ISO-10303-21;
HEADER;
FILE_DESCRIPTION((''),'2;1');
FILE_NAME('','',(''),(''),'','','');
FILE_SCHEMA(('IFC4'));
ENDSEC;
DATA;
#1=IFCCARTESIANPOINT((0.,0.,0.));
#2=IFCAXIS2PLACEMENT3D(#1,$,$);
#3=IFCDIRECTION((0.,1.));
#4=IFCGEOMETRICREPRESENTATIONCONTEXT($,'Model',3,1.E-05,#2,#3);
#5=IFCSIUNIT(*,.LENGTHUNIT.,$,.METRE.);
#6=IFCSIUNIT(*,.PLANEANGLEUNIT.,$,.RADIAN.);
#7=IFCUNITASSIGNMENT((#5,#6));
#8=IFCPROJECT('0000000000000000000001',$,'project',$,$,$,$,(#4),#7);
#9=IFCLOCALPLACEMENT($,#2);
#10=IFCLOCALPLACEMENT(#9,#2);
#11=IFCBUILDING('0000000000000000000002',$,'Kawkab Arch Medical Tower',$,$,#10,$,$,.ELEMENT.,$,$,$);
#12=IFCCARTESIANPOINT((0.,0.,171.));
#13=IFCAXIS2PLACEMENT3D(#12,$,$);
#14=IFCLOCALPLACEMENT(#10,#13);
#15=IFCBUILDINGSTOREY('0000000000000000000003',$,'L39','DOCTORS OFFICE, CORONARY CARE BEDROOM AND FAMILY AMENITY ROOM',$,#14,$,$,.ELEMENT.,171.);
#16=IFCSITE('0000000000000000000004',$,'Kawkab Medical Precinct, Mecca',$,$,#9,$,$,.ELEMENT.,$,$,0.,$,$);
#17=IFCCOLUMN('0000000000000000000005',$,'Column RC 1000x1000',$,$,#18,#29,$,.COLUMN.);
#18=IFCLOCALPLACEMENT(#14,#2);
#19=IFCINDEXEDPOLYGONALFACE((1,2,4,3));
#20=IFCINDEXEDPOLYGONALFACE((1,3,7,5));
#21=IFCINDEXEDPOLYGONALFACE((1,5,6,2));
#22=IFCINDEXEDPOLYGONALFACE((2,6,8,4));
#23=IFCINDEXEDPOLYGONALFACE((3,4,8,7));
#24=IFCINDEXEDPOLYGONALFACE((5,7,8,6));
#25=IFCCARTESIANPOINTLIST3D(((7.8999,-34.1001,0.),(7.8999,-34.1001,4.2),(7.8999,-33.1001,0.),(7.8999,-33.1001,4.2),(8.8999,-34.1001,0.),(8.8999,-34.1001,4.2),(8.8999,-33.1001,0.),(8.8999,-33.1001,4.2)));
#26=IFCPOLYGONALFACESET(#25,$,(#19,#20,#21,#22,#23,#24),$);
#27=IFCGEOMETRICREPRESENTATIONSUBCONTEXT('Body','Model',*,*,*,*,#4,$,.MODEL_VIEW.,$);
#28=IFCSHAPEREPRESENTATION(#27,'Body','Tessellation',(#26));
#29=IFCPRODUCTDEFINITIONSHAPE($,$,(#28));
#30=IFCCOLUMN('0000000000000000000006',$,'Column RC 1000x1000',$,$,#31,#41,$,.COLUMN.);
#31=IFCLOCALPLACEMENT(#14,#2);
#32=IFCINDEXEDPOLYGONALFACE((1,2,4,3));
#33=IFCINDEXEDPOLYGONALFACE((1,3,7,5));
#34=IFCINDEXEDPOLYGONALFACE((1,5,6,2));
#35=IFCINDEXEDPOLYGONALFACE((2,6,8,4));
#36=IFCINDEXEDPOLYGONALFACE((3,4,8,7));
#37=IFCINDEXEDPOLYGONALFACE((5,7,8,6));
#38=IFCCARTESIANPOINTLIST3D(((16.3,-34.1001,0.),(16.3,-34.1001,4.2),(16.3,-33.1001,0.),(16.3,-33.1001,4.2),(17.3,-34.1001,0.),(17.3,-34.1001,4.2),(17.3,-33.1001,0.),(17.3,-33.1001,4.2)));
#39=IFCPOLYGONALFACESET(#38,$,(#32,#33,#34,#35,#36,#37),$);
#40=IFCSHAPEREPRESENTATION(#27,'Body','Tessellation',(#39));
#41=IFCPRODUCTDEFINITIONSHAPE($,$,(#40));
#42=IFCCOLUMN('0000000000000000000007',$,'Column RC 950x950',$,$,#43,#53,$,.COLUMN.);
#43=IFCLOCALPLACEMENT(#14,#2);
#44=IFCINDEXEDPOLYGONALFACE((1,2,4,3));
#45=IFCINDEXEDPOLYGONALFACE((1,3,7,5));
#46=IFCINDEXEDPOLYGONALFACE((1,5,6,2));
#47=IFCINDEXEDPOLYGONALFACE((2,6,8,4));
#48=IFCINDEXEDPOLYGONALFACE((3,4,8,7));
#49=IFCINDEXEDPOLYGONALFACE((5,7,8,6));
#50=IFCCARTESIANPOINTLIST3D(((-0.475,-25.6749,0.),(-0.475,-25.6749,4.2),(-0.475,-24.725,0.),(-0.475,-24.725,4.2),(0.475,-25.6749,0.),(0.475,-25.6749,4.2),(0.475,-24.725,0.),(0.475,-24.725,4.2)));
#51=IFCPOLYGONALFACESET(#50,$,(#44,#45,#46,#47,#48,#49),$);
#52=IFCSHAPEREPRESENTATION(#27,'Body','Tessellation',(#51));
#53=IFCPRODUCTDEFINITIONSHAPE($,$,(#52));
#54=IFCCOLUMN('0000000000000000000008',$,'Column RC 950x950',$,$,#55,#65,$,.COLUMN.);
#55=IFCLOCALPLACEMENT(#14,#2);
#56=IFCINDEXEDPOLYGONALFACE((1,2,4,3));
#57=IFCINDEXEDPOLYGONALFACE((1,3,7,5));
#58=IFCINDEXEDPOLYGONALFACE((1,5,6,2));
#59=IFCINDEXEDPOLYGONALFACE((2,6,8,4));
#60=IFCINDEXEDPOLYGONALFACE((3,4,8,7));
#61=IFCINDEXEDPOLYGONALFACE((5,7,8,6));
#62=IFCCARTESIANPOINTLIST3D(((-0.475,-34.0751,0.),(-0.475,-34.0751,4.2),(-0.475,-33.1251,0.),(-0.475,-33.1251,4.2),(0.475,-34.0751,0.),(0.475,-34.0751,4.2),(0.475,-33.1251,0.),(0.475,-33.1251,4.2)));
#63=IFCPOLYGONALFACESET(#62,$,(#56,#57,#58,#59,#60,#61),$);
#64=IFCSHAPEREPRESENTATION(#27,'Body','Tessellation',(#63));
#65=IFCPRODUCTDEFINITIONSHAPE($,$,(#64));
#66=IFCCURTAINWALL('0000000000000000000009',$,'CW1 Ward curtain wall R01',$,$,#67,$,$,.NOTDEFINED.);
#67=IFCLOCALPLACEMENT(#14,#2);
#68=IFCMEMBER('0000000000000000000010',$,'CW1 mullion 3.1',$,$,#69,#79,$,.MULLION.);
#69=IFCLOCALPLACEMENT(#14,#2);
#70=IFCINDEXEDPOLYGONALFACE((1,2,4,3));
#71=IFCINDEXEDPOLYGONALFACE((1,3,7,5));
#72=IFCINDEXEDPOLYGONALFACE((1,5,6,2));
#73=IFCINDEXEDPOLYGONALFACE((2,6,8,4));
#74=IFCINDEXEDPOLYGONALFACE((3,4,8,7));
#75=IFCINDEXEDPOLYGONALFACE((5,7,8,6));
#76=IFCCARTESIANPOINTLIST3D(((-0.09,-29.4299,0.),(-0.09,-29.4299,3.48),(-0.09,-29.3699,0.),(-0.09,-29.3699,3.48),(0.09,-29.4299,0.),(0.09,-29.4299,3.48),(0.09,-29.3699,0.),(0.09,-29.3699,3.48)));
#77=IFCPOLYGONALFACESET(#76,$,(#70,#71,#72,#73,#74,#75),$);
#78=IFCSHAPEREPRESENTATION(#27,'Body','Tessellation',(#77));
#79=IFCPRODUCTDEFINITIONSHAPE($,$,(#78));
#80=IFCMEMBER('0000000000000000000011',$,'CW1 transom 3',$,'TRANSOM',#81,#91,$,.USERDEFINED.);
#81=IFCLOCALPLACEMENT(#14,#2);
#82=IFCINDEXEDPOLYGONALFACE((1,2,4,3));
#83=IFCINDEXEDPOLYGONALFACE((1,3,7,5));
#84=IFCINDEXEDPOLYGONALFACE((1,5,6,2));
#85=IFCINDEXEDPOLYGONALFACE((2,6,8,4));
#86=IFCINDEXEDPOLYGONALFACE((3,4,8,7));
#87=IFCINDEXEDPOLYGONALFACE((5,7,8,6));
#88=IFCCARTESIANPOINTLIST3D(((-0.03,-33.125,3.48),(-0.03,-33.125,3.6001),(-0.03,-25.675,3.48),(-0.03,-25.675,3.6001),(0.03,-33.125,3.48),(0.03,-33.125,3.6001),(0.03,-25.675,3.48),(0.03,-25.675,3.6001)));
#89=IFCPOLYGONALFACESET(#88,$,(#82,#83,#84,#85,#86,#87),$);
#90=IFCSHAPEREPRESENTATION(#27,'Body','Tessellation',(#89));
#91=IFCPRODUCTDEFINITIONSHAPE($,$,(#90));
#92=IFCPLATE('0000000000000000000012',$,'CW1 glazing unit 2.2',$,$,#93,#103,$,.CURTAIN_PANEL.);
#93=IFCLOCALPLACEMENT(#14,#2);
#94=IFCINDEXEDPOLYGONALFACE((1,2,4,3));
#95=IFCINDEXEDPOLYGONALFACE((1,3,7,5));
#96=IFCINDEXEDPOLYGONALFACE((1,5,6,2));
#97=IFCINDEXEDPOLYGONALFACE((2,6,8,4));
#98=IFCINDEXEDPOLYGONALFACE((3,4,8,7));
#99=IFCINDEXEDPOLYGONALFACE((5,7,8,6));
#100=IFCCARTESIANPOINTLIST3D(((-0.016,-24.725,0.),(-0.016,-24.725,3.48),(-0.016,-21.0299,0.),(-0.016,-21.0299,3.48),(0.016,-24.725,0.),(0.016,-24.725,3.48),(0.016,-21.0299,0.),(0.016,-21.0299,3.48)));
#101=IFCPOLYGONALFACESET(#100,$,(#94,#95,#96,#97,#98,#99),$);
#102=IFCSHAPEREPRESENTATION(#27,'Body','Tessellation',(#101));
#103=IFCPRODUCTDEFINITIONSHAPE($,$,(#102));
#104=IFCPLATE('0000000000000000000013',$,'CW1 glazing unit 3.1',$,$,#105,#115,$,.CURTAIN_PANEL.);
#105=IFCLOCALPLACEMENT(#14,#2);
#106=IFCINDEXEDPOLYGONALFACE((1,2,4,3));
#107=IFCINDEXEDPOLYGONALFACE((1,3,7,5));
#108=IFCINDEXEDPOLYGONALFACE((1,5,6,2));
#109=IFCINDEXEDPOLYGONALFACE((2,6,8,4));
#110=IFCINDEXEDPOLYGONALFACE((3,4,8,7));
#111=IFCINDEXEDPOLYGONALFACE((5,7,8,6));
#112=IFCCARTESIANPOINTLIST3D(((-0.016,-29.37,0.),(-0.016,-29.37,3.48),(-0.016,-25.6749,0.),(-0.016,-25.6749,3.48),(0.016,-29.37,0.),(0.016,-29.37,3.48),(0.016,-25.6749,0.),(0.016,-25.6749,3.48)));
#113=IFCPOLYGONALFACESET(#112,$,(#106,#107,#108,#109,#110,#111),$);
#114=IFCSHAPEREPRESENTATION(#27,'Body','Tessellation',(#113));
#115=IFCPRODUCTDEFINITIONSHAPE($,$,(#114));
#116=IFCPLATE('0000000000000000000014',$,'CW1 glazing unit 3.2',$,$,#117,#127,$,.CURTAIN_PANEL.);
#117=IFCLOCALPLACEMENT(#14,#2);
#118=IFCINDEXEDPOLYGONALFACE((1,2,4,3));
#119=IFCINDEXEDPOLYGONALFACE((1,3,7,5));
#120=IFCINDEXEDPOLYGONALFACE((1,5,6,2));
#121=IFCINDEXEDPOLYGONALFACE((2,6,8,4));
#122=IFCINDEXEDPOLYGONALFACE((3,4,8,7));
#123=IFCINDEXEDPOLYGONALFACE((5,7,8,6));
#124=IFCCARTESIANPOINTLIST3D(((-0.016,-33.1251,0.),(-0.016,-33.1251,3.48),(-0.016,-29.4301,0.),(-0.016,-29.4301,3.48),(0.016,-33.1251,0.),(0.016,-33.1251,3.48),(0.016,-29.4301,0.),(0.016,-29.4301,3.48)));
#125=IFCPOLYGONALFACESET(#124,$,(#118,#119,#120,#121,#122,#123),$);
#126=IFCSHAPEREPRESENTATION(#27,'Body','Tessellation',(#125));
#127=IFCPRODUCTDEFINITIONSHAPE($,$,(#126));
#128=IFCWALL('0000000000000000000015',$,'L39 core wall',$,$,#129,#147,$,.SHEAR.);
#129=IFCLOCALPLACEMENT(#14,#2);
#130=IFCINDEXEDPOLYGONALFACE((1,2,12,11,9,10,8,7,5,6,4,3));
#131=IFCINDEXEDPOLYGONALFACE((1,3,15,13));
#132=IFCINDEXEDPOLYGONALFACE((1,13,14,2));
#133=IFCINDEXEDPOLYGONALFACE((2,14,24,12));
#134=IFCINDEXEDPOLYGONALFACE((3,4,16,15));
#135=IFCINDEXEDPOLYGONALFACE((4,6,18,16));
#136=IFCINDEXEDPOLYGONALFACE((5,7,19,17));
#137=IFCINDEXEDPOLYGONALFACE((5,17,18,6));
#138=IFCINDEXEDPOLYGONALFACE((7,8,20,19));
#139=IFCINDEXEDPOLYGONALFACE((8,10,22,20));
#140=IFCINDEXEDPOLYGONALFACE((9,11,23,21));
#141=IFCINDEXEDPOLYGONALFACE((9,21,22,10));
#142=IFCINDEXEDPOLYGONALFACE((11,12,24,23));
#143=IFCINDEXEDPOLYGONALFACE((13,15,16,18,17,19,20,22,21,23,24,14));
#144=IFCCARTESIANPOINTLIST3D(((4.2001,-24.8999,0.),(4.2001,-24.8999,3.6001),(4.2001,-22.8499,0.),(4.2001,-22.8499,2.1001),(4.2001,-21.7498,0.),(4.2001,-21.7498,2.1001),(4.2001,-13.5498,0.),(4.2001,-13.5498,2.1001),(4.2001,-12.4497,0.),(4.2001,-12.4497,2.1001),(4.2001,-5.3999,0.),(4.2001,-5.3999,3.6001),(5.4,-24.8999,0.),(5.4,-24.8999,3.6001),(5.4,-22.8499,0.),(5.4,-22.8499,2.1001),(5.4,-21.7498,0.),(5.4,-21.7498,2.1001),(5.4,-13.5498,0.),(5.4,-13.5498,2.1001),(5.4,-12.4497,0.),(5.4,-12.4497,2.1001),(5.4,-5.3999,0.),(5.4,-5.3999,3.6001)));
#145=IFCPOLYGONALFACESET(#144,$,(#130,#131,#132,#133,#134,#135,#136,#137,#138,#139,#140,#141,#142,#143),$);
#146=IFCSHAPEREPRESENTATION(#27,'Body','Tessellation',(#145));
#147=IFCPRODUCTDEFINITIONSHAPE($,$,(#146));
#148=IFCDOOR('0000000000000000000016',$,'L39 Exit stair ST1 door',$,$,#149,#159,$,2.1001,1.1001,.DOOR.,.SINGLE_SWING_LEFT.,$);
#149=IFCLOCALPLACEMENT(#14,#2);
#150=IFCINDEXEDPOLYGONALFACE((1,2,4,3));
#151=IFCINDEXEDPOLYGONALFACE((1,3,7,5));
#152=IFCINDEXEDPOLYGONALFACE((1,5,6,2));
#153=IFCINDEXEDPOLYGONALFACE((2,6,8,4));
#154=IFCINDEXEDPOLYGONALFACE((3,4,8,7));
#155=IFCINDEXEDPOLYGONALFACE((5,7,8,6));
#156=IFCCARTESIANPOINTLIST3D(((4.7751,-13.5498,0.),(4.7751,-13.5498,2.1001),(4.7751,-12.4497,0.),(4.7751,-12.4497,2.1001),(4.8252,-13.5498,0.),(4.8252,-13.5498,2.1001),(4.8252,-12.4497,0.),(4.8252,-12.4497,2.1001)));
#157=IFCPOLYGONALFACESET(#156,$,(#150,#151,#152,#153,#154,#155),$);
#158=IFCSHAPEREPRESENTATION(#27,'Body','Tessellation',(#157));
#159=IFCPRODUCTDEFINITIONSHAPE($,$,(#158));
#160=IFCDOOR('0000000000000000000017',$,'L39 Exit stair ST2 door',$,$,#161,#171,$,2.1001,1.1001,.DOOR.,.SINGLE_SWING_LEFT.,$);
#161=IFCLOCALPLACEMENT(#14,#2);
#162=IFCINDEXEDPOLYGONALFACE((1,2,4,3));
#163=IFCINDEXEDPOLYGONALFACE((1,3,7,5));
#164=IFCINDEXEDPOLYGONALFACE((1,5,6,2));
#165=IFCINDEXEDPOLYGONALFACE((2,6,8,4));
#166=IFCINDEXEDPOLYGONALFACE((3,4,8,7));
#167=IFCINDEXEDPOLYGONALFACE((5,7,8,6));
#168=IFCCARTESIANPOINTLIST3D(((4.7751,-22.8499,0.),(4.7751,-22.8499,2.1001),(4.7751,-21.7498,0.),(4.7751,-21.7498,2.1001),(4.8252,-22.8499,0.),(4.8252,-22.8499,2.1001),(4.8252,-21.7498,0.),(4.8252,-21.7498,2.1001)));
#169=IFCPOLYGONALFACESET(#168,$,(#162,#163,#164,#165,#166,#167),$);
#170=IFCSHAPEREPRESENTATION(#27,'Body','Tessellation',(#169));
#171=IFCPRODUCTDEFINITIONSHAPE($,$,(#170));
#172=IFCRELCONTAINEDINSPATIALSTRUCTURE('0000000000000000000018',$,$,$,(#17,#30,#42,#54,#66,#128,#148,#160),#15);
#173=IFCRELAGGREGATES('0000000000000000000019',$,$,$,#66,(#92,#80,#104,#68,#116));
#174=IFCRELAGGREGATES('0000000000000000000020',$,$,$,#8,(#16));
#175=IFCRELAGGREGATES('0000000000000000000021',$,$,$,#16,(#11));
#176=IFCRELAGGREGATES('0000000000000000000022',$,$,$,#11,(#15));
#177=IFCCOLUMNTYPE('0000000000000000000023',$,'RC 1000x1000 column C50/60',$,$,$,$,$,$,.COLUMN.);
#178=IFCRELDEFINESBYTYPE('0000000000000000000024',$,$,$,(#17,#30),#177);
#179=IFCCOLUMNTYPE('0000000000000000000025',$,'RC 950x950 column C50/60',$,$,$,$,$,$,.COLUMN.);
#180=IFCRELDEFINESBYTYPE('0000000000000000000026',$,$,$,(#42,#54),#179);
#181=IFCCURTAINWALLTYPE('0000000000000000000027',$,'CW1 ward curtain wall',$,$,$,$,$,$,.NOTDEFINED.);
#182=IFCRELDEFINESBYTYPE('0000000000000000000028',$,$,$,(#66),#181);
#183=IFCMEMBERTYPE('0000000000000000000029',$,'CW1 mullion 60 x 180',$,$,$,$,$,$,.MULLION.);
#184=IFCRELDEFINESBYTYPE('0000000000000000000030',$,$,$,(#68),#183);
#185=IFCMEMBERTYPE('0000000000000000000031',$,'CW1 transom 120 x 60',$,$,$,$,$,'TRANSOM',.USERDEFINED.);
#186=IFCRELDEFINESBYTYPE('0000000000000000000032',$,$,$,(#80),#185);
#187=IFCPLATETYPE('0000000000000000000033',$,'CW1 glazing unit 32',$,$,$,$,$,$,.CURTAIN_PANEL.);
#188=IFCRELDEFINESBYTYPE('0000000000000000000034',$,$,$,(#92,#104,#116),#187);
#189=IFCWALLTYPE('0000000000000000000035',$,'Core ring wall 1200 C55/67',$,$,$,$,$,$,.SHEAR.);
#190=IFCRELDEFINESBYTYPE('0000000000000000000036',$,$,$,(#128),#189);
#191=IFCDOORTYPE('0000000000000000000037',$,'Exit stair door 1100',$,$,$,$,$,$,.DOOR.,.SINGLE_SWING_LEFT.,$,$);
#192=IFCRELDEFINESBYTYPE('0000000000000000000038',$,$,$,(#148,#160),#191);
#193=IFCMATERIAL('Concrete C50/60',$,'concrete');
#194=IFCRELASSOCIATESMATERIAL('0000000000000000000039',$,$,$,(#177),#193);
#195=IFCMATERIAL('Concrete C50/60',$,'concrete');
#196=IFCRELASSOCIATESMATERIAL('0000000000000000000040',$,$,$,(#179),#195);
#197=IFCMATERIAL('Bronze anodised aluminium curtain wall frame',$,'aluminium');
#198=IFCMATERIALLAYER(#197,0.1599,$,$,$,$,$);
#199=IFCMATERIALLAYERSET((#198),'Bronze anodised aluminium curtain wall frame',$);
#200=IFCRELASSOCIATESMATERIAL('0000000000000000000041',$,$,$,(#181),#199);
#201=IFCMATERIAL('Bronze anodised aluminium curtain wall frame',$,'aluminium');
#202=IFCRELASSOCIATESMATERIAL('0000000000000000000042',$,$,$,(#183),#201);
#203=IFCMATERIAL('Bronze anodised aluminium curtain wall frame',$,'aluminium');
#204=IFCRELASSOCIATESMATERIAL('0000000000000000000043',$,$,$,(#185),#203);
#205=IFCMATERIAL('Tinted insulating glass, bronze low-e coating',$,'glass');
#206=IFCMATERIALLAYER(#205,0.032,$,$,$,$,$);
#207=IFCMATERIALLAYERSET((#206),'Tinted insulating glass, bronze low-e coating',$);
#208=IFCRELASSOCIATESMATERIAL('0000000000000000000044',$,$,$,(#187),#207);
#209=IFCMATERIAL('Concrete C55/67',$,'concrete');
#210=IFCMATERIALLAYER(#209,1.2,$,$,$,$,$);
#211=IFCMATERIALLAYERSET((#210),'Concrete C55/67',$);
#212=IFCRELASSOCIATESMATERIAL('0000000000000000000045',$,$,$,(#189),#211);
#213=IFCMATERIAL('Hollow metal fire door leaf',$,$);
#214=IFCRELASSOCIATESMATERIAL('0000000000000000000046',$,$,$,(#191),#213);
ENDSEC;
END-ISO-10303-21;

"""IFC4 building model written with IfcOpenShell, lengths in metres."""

from ifc_helpers import new_model, si_unit, direction, frame, frame_2d, origin, origin_2d, place, context, subcontext, project, spatial, rectangle, extrude, material, layer, layer_set, material_profile, profile_set, type_object, element, fill, aggregate, save


model = new_model("IFC4")

# Units and contexts
model_context = context("Model", 3, precision=1e-05, world=origin(), true_north=direction((0.0, 1.0)))
body_context = subcontext(model_context, "Body", "Model", "MODEL_VIEW")
ifc_project = project(units=[si_unit("LENGTHUNIT", "METRE"), si_unit("PLANEANGLEUNIT", "RADIAN")], contexts=[model_context])

# Site, building, storey
site_placement = place(None, origin())
site = spatial("IfcSite", under=ifc_project, at=site_placement, Name="Kawkab Medical Precinct, Mecca", CompositionType="ELEMENT", RefElevation=0.0)
building_placement = place(site_placement, origin())
building = spatial("IfcBuilding", under=site, at=building_placement, Name="Kawkab Arch Medical Tower", CompositionType="ELEMENT")
storey_placement = place(building_placement, frame((0.0, 0.0, 171.0)))
storey = spatial("IfcBuildingStorey", under=building, at=storey_placement, Name="L39", Description="DOCTORS OFFICE, CORONARY CARE BEDROOM AND FAMILY AMENITY ROOM", CompositionType="ELEMENT", Elevation=171.0)

# Columns
ifc_material_1 = material(Name="Concrete C50/60", Category="concrete")
ifc_material_profile_1 = material_profile(ifc_material_1, rectangle(XDim=1.0, YDim=1.0, at=origin_2d()), Name="RC 1000x1000")
ifc_profile_set_1 = profile_set([ifc_material_profile_1], Name="Concrete C50/60")
column_type_1 = type_object("IfcColumnType", Name="RC 1000x1000 column C50/60", PredefinedType="COLUMN", material=ifc_profile_set_1)
for number, where, z_axis, x_axis, name in (
    (1, (8.3999, -33.6001, 0.0), (0.0, 0.0, 1.0), (1.0, 0.0, 0.0), "Column RC 1000x1000"),
    (2, (16.8, -33.6001, 0.0), (0.0, 0.0, 1.0), (1.0, 0.0, 0.0), "Column RC 1000x1000"),
):
    element("IfcColumn", number, at=place(storey_placement, frame(where, z_axis=z_axis, x_axis=x_axis)), inside=storey, type_object=column_type_1, Name=name, PredefinedType="COLUMN", context=body_context, shape_type="SweptSolid", body=[
        extrude(rectangle(XDim=1.0, YDim=1.0, at=origin_2d()), origin(), (0.0, 0.0, 1.0), 4.2),
    ])
ifc_material_2 = material(Name="Concrete C50/60", Category="concrete")
ifc_material_profile_2 = material_profile(ifc_material_2, rectangle(XDim=0.95, YDim=0.95, at=origin_2d()), Name="RC 950x950")
ifc_profile_set_2 = profile_set([ifc_material_profile_2], Name="Concrete C50/60")
column_type_2 = type_object("IfcColumnType", Name="RC 950x950 column C50/60", PredefinedType="COLUMN", material=ifc_profile_set_2)
for number, where, z_axis, x_axis, name in (
    (3, (0.0, -25.2, 0.0), (0.0, 0.0, 1.0), (1.0, 0.0, 0.0), "Column RC 950x950"),
    (4, (0.0, -33.6001, 0.0), (0.0, 0.0, 1.0), (1.0, 0.0, 0.0), "Column RC 950x950"),
):
    element("IfcColumn", number, at=place(storey_placement, frame(where, z_axis=z_axis, x_axis=x_axis)), inside=storey, type_object=column_type_2, Name=name, PredefinedType="COLUMN", context=body_context, shape_type="SweptSolid", body=[
        extrude(rectangle(XDim=0.95, YDim=0.95, at=origin_2d()), origin(), (0.0, 0.0, 1.0), 4.2),
    ])

# Curtain wall, members, plates
ifc_material_3 = material(Name="Bronze anodised aluminium curtain wall frame", Category="aluminium")
ifc_layer_1 = layer(ifc_material_3, 0.1599)
ifc_layer_set_1 = layer_set([ifc_layer_1], Name="Bronze anodised aluminium curtain wall frame")
curtain_wall_type = type_object("IfcCurtainWallType", Name="CW1 ward curtain wall", PredefinedType="NOTDEFINED", material=ifc_layer_set_1)
curtain_wall_placement = place(storey_placement, origin())
curtain_wall = element("IfcCurtainWall", 5, at=curtain_wall_placement, inside=storey, type_object=curtain_wall_type, Name="CW1 Ward curtain wall R01", PredefinedType="NOTDEFINED")
ifc_material_4 = material(Name="Bronze anodised aluminium curtain wall frame", Category="aluminium")
ifc_material_profile_3 = material_profile(ifc_material_4, rectangle(XDim=0.1799, YDim=0.0601, at=origin_2d()), Name="AL 60x180")
ifc_profile_set_3 = profile_set([ifc_material_profile_3], Name="Bronze anodised aluminium curtain wall frame")
member_type_1 = type_object("IfcMemberType", Name="CW1 mullion 60 x 180", PredefinedType="MULLION", material=ifc_profile_set_3)
member_1_placement = place(storey_placement, frame((0.0, -29.3999, 0.0), z_axis=(0.0, 0.0, 1.0), x_axis=(1.0, 0.0, 0.0)))
member_1 = element("IfcMember", 6, at=member_1_placement, type_object=member_type_1, Name="CW1 mullion 3.1", PredefinedType="MULLION", context=body_context, shape_type="SweptSolid", body=[
    extrude(rectangle(XDim=0.1799, YDim=0.0601, at=origin_2d()), origin(), (0.0, 0.0, 1.0), 3.48),
])
ifc_material_5 = material(Name="Bronze anodised aluminium curtain wall frame", Category="aluminium")
ifc_material_profile_4 = material_profile(ifc_material_5, rectangle(XDim=0.0601, YDim=0.1201, at=origin_2d()), Name="AL 60x120")
ifc_profile_set_4 = profile_set([ifc_material_profile_4], Name="Bronze anodised aluminium curtain wall frame")
member_type_2 = type_object("IfcMemberType", Name="CW1 transom 120 x 60", ElementType="TRANSOM", PredefinedType="USERDEFINED", material=ifc_profile_set_4)
member_2_placement = place(storey_placement, frame((0.0, -25.675, 3.54), z_axis=(0.0, -1.0, 0.0), x_axis=(1.0, 0.0, 0.0)))
member_2 = element("IfcMember", 7, at=member_2_placement, type_object=member_type_2, Name="CW1 transom 3", ObjectType="TRANSOM", PredefinedType="USERDEFINED", context=body_context, shape_type="SweptSolid", body=[
    extrude(rectangle(XDim=0.0601, YDim=0.1201, at=origin_2d()), origin(), (0.0, 0.0, 1.0), 7.45),
])
ifc_material_6 = material(Name="Tinted insulating glass, bronze low-e coating", Category="glass")
ifc_layer_2 = layer(ifc_material_6, 0.032)
ifc_layer_set_2 = layer_set([ifc_layer_2], Name="Tinted insulating glass, bronze low-e coating")
plate_type = type_object("IfcPlateType", Name="CW1 glazing unit 32", PredefinedType="CURTAIN_PANEL", material=ifc_layer_set_2)
plate_1_placement = place(storey_placement, frame((0.0, -22.8774, 0.0), z_axis=(0.0, 0.0, 1.0), x_axis=(0.0, -1.0, 0.0)))
plate_1 = element("IfcPlate", 8, at=plate_1_placement, type_object=plate_type, Name="CW1 glazing unit 2.2", PredefinedType="CURTAIN_PANEL", context=body_context, shape_type="SweptSolid", body=[
    extrude(rectangle(XDim=3.6951, YDim=0.032, at=origin_2d()), origin(), (0.0, 0.0, 1.0), 3.48),
])
plate_2_placement = place(storey_placement, frame((0.0, -27.5225, 0.0), z_axis=(0.0, 0.0, 1.0), x_axis=(0.0, -1.0, 0.0)))
plate_2 = element("IfcPlate", 9, at=plate_2_placement, type_object=plate_type, Name="CW1 glazing unit 3.1", PredefinedType="CURTAIN_PANEL", context=body_context, shape_type="SweptSolid", body=[
    extrude(rectangle(XDim=3.6951, YDim=0.032, at=origin_2d()), origin(), (0.0, 0.0, 1.0), 3.48),
])
plate_3_placement = place(storey_placement, frame((0.0, -31.2776, 0.0), z_axis=(0.0, 0.0, 1.0), x_axis=(0.0, -1.0, 0.0)))
plate_3 = element("IfcPlate", 10, at=plate_3_placement, type_object=plate_type, Name="CW1 glazing unit 3.2", PredefinedType="CURTAIN_PANEL", context=body_context, shape_type="SweptSolid", body=[
    extrude(rectangle(XDim=3.6951, YDim=0.032, at=origin_2d()), origin(), (0.0, 0.0, 1.0), 3.48),
])
aggregate(curtain_wall, [plate_1, member_2, plate_2, member_1, plate_3])

# Wall, openings, doors
ifc_material_7 = material(Name="Concrete C55/67", Category="concrete")
ifc_layer_3 = layer(ifc_material_7, 1.2)
ifc_layer_set_3 = layer_set([ifc_layer_3], Name="Concrete C55/67")
wall_type_1 = type_object("IfcWallType", Name="Core ring wall 1200 C55/67", PredefinedType="SHEAR", material=ifc_layer_set_3)
wall_1_placement = place(storey_placement, frame((4.8, -24.8999, 0.0), z_axis=(0.0, 0.0, 1.0), x_axis=(0.0, 1.0, 0.0)))
wall_1 = element("IfcWall", 11, at=wall_1_placement, inside=storey, type_object=wall_type_1, Name="L39 core wall", PredefinedType="SHEAR", context=body_context, shape_type="SweptSolid", body=[
    extrude(rectangle(XDim=19.5, YDim=1.2, at=frame_2d((9.75, 0.0))), origin(), (0.0, 0.0, 1.0), 3.6001),
])
opening_1_placement = place(wall_1_placement, frame((11.3501, 0.0, 0.0)))
opening_1 = element("IfcOpeningElement", 12, at=opening_1_placement, cuts=wall_1, PredefinedType="OPENING", context=body_context, shape_type="SweptSolid", body=[
    extrude(rectangle(XDim=1.1001, YDim=2.1001, at=frame_2d((0.55, 1.05))), frame((0.0, 0.6099, 0.0), z_axis=(0.0, -1.0, 0.0), x_axis=(1.0, 0.0, 0.0)), (0.0, 0.0, 1.0), 1.22),
])
opening_2_placement = place(wall_1_placement, frame((2.05, 0.0, 0.0)))
opening_2 = element("IfcOpeningElement", 13, at=opening_2_placement, cuts=wall_1, PredefinedType="OPENING", context=body_context, shape_type="SweptSolid", body=[
    extrude(rectangle(XDim=1.1001, YDim=2.1001, at=frame_2d((0.55, 1.05))), frame((0.0, 0.6099, 0.0), z_axis=(0.0, -1.0, 0.0), x_axis=(1.0, 0.0, 0.0)), (0.0, 0.0, 1.0), 1.22),
])
ifc_material_8 = material(Name="Hollow metal fire door leaf")
door_type_1 = type_object("IfcDoorType", Name="Exit stair door 1100", OperationType="SINGLE_SWING_LEFT", PredefinedType="DOOR", material=ifc_material_8)
door_1_placement = place(opening_1_placement, origin())
door_1 = element("IfcDoor", 14, at=door_1_placement, inside=storey, type_object=door_type_1, Name="L39 Exit stair ST1 door", OperationType="SINGLE_SWING_LEFT", OverallHeight=2.1001, OverallWidth=1.1001, PredefinedType="DOOR", context=body_context, shape_type="SweptSolid", body=[
    extrude(rectangle(XDim=1.1001, YDim=2.1001, at=frame_2d((0.55, 1.05))), frame((0.0, 0.0249, 0.0), z_axis=(0.0, -1.0, 0.0), x_axis=(1.0, 0.0, 0.0)), (0.0, 0.0, 1.0), 0.05),
])
fill(opening_1, door_1)
door_2_placement = place(opening_2_placement, origin())
door_2 = element("IfcDoor", 15, at=door_2_placement, inside=storey, type_object=door_type_1, Name="L39 Exit stair ST2 door", OperationType="SINGLE_SWING_LEFT", OverallHeight=2.1001, OverallWidth=1.1001, PredefinedType="DOOR", context=body_context, shape_type="SweptSolid", body=[
    extrude(rectangle(XDim=1.1001, YDim=2.1001, at=frame_2d((0.55, 1.05))), frame((0.0, 0.0249, 0.0), z_axis=(0.0, -1.0, 0.0), x_axis=(1.0, 0.0, 0.0)), (0.0, 0.0, 1.0), 0.05),
])
fill(opening_2, door_2)

save(model, "model.ifc")
